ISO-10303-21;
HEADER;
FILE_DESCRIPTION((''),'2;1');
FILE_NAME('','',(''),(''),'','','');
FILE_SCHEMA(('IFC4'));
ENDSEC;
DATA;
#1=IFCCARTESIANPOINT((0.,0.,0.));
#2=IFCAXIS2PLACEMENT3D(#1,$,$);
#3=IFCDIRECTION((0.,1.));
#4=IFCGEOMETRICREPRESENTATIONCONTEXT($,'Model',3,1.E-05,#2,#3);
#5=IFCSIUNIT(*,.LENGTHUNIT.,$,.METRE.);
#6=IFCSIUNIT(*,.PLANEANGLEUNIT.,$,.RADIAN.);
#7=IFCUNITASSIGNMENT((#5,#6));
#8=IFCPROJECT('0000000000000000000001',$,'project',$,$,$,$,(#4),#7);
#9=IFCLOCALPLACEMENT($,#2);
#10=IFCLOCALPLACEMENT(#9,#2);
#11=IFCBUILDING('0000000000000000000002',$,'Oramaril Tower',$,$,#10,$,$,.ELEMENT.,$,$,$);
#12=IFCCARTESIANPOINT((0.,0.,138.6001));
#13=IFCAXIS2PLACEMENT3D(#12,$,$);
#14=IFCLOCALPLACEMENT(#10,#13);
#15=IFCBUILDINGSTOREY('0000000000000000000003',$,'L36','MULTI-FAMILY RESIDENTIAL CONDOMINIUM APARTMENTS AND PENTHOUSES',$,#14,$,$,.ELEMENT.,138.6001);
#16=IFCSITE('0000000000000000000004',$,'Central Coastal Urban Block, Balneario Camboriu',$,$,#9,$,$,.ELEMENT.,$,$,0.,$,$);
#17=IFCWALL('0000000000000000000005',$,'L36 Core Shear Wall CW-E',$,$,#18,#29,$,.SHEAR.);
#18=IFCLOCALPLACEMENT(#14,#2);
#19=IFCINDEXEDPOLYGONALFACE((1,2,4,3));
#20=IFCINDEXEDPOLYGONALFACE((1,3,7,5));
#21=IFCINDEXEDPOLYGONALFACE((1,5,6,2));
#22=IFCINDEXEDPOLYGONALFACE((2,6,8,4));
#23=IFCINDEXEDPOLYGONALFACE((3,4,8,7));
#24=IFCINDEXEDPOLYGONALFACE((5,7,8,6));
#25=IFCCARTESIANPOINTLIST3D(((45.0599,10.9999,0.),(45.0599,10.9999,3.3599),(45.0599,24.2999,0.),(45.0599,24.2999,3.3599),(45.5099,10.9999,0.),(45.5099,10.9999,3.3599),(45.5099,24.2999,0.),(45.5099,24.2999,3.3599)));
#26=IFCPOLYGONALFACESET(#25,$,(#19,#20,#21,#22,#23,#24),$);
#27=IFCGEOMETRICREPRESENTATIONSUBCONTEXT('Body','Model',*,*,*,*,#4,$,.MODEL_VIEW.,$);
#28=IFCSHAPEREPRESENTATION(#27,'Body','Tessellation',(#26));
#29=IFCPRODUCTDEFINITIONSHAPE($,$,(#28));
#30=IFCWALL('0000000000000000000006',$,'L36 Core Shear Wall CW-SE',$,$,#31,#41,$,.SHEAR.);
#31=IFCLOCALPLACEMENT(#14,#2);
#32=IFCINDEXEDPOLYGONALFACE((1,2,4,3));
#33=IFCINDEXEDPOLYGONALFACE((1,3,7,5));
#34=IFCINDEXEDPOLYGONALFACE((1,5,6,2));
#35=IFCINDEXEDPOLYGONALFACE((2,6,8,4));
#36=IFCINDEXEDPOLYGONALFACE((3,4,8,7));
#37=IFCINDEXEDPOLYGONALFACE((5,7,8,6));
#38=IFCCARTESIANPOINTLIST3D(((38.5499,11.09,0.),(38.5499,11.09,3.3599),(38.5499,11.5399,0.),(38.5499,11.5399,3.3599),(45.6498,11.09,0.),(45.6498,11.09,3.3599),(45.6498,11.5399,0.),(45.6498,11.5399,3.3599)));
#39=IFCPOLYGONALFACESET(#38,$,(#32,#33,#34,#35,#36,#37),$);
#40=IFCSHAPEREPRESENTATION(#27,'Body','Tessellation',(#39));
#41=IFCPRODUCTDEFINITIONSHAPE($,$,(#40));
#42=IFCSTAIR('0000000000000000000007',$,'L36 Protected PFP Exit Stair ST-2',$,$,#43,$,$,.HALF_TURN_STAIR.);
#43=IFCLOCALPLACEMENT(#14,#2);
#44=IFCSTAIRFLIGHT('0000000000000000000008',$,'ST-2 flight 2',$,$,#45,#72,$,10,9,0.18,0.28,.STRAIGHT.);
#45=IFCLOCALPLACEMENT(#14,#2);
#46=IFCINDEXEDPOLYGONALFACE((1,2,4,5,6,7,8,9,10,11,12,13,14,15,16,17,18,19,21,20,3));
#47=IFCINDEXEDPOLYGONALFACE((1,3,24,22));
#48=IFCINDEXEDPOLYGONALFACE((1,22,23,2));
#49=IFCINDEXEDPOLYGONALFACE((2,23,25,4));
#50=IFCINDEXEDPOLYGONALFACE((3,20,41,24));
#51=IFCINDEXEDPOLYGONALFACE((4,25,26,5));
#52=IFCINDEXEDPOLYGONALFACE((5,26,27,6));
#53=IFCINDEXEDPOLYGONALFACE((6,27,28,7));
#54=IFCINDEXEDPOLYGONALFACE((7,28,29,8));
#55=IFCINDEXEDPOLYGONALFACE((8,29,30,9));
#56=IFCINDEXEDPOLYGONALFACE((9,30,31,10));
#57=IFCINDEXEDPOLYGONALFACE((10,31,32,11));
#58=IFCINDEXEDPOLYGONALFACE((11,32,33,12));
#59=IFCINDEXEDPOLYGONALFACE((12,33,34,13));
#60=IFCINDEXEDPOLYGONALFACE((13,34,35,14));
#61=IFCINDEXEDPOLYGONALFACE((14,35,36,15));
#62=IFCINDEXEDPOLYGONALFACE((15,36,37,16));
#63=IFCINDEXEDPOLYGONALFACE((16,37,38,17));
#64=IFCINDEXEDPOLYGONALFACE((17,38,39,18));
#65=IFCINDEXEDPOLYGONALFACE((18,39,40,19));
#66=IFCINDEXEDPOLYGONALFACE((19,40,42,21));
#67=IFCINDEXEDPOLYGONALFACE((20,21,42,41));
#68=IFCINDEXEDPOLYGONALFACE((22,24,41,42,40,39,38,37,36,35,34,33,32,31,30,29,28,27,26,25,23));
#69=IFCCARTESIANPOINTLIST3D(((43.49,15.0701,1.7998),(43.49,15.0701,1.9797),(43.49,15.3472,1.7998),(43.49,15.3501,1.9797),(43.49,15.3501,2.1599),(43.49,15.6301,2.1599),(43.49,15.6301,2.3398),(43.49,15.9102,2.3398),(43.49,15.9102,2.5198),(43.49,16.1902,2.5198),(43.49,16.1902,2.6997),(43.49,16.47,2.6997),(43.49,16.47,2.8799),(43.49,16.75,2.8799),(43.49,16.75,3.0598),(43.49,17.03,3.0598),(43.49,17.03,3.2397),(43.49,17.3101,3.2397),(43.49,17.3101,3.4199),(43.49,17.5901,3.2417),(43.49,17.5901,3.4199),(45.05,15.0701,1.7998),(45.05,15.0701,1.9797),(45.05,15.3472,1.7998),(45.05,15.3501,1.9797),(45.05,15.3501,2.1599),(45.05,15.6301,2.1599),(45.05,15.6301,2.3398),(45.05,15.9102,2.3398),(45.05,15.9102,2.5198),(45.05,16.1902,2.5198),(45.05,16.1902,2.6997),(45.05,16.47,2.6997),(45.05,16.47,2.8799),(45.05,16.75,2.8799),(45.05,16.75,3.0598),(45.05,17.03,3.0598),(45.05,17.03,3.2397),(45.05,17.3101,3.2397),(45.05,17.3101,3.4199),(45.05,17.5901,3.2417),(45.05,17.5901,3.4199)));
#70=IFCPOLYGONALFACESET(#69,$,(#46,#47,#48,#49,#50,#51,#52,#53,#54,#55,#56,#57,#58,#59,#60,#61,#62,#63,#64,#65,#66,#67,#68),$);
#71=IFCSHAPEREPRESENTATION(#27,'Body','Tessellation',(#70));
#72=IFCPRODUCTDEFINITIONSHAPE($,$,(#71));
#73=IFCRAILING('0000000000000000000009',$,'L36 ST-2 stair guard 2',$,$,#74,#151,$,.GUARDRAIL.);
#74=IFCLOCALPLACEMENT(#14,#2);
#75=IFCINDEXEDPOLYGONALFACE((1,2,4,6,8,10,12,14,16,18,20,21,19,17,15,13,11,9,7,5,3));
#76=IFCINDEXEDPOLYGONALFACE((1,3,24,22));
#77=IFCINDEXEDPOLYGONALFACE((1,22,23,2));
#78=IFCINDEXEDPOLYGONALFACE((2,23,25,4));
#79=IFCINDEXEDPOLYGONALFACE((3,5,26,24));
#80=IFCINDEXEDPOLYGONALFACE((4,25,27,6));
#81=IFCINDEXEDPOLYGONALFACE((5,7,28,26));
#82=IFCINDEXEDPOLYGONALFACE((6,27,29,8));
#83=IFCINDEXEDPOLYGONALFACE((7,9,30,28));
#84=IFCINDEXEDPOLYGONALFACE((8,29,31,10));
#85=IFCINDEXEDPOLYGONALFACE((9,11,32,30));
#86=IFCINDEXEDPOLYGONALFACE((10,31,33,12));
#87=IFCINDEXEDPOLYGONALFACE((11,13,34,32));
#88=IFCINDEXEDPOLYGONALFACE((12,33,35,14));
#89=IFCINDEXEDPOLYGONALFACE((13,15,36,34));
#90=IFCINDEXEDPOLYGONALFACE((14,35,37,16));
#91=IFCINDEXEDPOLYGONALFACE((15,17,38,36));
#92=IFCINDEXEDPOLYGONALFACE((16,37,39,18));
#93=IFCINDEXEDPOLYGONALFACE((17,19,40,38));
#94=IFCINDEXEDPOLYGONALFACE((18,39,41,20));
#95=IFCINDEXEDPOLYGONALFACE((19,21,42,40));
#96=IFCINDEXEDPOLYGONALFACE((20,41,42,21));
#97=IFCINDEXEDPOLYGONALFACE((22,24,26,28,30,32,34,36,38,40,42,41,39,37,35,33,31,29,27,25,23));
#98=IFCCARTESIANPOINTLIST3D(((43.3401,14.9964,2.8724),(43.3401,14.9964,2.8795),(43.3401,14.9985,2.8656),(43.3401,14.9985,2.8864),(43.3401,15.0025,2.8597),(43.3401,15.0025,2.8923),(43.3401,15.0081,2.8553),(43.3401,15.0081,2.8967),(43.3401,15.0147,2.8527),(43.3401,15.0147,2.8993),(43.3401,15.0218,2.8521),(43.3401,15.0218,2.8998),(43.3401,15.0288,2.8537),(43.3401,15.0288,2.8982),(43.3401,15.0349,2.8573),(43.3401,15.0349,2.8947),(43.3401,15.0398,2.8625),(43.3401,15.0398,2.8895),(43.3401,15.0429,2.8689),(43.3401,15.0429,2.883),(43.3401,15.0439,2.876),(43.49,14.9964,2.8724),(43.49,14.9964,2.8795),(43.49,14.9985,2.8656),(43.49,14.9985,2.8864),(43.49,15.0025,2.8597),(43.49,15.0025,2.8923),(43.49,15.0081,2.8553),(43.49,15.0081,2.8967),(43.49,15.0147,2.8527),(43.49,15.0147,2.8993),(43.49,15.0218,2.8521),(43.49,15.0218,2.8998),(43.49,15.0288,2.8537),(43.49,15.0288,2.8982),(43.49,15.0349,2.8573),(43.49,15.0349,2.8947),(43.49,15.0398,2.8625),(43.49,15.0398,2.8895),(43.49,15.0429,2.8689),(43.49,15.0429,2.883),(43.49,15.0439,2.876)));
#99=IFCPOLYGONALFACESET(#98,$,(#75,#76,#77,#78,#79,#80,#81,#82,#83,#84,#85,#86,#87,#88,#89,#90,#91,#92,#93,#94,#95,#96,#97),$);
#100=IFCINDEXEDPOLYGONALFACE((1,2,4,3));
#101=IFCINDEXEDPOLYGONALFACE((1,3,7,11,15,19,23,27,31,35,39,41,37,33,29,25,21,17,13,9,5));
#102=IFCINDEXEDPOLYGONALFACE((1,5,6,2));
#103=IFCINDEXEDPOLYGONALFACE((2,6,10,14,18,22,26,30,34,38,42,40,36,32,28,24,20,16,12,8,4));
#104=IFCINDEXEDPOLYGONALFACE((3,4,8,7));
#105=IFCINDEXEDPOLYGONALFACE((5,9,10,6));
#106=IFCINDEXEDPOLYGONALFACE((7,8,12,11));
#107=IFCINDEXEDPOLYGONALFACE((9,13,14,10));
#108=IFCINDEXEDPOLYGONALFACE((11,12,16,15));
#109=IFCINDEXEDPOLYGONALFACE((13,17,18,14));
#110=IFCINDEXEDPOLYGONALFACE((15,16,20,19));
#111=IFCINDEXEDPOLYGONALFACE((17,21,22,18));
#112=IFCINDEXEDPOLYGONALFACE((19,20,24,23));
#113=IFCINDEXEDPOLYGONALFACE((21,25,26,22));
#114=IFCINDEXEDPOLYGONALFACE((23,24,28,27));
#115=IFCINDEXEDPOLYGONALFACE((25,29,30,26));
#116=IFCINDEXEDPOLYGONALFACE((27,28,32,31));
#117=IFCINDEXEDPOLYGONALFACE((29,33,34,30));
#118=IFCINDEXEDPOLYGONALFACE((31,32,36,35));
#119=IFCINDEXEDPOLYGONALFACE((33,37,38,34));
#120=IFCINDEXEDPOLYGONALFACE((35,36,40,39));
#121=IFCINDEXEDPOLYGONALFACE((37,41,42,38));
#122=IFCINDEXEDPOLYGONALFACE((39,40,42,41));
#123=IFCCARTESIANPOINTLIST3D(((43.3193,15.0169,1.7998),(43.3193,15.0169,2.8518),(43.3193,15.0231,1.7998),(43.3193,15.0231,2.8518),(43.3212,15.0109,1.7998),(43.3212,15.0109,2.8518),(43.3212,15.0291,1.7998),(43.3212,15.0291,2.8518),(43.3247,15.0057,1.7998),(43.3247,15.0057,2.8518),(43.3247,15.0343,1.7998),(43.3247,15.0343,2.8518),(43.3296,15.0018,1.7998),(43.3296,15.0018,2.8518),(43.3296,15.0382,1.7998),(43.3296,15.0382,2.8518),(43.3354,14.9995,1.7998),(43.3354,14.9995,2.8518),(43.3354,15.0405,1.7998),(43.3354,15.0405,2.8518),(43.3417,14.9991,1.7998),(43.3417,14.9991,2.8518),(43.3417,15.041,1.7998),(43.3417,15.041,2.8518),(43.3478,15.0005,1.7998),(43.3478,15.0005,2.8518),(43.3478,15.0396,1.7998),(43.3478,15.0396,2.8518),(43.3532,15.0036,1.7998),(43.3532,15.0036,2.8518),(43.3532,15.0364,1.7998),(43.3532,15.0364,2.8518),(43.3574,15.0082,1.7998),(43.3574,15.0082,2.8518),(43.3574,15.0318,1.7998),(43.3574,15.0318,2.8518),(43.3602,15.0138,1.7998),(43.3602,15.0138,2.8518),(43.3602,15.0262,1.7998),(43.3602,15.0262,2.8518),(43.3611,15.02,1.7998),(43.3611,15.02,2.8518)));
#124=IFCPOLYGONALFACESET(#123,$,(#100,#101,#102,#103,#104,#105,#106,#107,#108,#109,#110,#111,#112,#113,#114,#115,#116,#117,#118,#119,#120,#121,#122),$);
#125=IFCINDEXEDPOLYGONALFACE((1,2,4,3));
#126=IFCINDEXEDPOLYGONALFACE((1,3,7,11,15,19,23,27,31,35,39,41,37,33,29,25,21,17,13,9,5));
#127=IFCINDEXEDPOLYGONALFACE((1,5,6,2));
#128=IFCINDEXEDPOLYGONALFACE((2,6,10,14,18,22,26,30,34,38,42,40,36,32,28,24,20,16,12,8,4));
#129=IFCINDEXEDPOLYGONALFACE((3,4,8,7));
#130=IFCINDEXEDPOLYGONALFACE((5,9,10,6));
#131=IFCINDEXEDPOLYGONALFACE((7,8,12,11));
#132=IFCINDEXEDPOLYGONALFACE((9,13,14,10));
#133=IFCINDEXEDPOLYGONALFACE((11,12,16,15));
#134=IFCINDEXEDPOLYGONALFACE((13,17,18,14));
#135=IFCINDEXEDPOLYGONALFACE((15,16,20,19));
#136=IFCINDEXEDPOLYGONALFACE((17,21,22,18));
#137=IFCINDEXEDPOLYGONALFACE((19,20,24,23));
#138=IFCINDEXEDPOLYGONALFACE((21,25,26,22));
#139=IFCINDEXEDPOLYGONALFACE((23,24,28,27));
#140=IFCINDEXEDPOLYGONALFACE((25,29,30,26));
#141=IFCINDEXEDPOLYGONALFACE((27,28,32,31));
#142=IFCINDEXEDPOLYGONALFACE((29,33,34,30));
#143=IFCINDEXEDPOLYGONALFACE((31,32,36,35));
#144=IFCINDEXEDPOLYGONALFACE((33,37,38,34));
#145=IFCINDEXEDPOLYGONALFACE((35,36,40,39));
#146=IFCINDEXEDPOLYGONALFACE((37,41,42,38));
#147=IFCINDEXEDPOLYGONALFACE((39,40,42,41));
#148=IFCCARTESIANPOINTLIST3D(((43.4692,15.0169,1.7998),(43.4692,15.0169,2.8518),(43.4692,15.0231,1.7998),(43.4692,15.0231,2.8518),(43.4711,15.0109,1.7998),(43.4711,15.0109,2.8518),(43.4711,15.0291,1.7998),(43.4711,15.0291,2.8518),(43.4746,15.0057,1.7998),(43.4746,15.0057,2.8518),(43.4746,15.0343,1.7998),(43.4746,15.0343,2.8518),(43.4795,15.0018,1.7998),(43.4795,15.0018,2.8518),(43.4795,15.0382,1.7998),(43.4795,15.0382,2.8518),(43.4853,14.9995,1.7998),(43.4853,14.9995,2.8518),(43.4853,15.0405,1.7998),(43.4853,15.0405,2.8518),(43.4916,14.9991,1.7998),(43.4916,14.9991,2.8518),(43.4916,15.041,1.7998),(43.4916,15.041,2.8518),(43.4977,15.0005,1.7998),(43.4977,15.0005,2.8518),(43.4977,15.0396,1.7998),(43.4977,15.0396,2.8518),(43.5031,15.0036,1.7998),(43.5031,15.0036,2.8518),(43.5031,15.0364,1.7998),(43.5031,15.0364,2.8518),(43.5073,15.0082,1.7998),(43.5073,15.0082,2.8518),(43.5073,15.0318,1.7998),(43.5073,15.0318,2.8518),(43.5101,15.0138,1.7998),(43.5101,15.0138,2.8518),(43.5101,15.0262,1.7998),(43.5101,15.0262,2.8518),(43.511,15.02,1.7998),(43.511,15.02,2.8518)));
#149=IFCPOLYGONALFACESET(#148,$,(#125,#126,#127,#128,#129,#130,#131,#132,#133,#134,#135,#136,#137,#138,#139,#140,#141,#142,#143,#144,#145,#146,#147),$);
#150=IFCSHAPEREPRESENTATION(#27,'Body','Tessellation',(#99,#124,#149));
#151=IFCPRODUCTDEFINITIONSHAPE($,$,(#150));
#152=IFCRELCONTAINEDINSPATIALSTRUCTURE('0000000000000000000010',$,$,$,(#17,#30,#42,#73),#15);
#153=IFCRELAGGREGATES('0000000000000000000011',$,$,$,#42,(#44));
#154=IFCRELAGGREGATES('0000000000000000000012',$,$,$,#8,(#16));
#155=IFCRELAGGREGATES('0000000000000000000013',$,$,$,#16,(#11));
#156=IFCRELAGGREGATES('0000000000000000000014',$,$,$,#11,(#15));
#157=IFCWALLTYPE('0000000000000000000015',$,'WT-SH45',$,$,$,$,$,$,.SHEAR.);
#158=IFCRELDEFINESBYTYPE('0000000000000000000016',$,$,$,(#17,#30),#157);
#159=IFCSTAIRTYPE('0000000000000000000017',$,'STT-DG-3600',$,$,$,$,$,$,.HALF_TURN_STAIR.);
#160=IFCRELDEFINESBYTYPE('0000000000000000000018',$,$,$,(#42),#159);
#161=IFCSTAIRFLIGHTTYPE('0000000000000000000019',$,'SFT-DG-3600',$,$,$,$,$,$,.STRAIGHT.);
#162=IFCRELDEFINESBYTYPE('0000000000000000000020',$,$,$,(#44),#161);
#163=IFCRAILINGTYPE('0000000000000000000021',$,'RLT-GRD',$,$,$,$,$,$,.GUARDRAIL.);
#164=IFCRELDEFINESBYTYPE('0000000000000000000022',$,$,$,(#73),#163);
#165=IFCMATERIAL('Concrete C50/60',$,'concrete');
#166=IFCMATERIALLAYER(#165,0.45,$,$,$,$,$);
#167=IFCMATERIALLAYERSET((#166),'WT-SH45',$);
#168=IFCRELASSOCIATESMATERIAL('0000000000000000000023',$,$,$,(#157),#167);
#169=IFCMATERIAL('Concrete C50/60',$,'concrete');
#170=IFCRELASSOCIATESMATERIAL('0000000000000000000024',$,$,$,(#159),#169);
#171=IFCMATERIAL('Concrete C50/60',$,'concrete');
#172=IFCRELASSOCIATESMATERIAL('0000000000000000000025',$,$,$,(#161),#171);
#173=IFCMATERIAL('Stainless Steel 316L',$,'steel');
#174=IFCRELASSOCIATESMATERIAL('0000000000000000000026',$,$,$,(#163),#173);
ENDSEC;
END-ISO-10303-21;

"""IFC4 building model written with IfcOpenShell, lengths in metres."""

from ifc_helpers import new_model, si_unit, direction, frame, frame_2d, origin, origin_2d, place, context, subcontext, project, spatial, polyline, rectangle, circle, outline, extrude, material, layer, layer_set, type_object, element, aggregate, save


model = new_model("IFC4")

# Units and contexts
model_context = context("Model", 3, precision=1e-05, world=origin(), true_north=direction((0.0, 1.0)))
body_context = subcontext(model_context, "Body", "Model", "MODEL_VIEW")
ifc_project = project(units=[si_unit("LENGTHUNIT", "METRE"), si_unit("PLANEANGLEUNIT", "RADIAN")], contexts=[model_context])

# Site, building, storey
site_placement = place(None, origin())
site = spatial("IfcSite", under=ifc_project, at=site_placement, Name="Central Coastal Urban Block, Balneario Camboriu", CompositionType="ELEMENT", RefElevation=0.0)
building_placement = place(site_placement, origin())
building = spatial("IfcBuilding", under=site, at=building_placement, Name="Oramaril Tower", CompositionType="ELEMENT")
storey_placement = place(building_placement, frame((0.0, 0.0, 138.6001)))
storey = spatial("IfcBuildingStorey", under=building, at=storey_placement, Name="L36", Description="MULTI-FAMILY RESIDENTIAL CONDOMINIUM APARTMENTS AND PENTHOUSES", CompositionType="ELEMENT", Elevation=138.6001)

# Walls
ifc_material_1 = material(Name="Concrete C50/60", Category="concrete")
ifc_layer_1 = layer(ifc_material_1, 0.45)
ifc_layer_set_1 = layer_set([ifc_layer_1], Name="WT-SH45")
wall_type_1 = type_object("IfcWallType", Name="WT-SH45", PredefinedType="SHEAR", material=ifc_layer_set_1)
wall_1_placement = place(storey_placement, frame((45.2849, 11.0, 0.0), z_axis=(0.0, 0.0, 1.0), x_axis=(0.0, 1.0, 0.0)))
element("IfcWall", 1, at=wall_1_placement, inside=storey, type_object=wall_type_1, Name="L36 Core Shear Wall CW-E", PredefinedType="SHEAR", context=body_context, shape_type="SweptSolid", body=[
    extrude(rectangle(XDim=13.3, YDim=0.45, at=frame_2d((6.6499, 0.0))), origin(), (0.0, 0.0, 1.0), 3.3599),
])
wall_2_placement = place(storey_placement, frame((38.55, 11.3149, 0.0), z_axis=(0.0, 0.0, 1.0), x_axis=(1.0, 0.0, 0.0)))
element("IfcWall", 2, at=wall_2_placement, inside=storey, type_object=wall_type_1, Name="L36 Core Shear Wall CW-SE", PredefinedType="SHEAR", context=body_context, shape_type="SweptSolid", body=[
    extrude(rectangle(XDim=7.0999, YDim=0.45, at=frame_2d((3.5498, 0.0))), origin(), (0.0, 0.0, 1.0), 3.3599),
])

# Stair, stair flight
ifc_material_2 = material(Name="Concrete C50/60", Category="concrete")
stair_type = type_object("IfcStairType", Name="STT-DG-3600", PredefinedType="HALF_TURN_STAIR", material=ifc_material_2)
stair_placement = place(storey_placement, origin())
stair = element("IfcStair", 3, at=stair_placement, inside=storey, type_object=stair_type, Name="L36 Protected PFP Exit Stair ST-2", PredefinedType="HALF_TURN_STAIR")
ifc_material_3 = material(Name="Concrete C50/60", Category="concrete")
stair_flight_type = type_object("IfcStairFlightType", Name="SFT-DG-3600", PredefinedType="STRAIGHT", material=ifc_material_3)
stair_flight_placement = place(storey_placement, frame((44.27, 15.0701, 1.7998), z_axis=(0.0, 0.0, 1.0), x_axis=(0.0, 1.0, 0.0)))
stair_flight = element("IfcStairFlight", 4, at=stair_flight_placement, type_object=stair_flight_type, Name="ST-2 flight 2", NumberOfRisers=10, NumberOfTreads=9, PredefinedType="STRAIGHT", RiserHeight=0.18, TreadLength=0.28, context=body_context, shape_type="SweptSolid", body=[
    extrude(outline(polyline([(0.0, 0.0), (0.0, 0.1799), (0.28, 0.1799), (0.28, 0.3601), (0.5601, 0.3601), (0.5601, 0.54), (0.8401, 0.54), (0.8401, 0.72), (1.1201, 0.72), (1.1201, 0.8999), (1.3999, 0.8999), (1.3999, 1.0801), (1.6799, 1.0801), (1.6799, 1.26), (1.96, 1.26), (1.96, 1.4399), (2.24, 1.4399), (2.24, 1.6201), (2.52, 1.6201), (2.52, 1.8), (2.52, 1.4419), (0.2771, 0.0), (0.0, 0.0)])), frame((0.0, 0.78, 0.0), z_axis=(0.0, -1.0, 0.0), x_axis=(1.0, 0.0, 0.0)), (0.0, 0.0, 1.0), 1.5601),
])
aggregate(stair, [stair_flight])

# Railing
ifc_material_4 = material(Name="Stainless Steel 316L", Category="steel")
railing_type_1 = type_object("IfcRailingType", Name="RLT-GRD", PredefinedType="GUARDRAIL", material=ifc_material_4)
railing_1_placement = place(storey_placement, frame((43.3401, 15.02, 1.7998)))
element("IfcRailing", 5, at=railing_1_placement, inside=storey, type_object=railing_type_1, Name="L36 ST-2 stair guard 2", PredefinedType="GUARDRAIL", context=body_context, shape_type="SweptSolid", body=[
    extrude(circle(Radius=0.0239, at=origin_2d()), frame((0.0, 0.0, 1.0762), z_axis=(1.0, 0.0, 0.0), x_axis=(0.0, 1.0, 0.0)), (0.0, 0.0, 1.0), 0.1499),
    extrude(circle(Radius=0.021, at=origin_2d()), origin(), (0.0, 0.0, 1.0), 1.052),
    extrude(circle(Radius=0.021, at=origin_2d()), frame((0.1499, 0.0, 0.0)), (0.0, 0.0, 1.0), 1.052),
])

save(model, "model.ifc")
